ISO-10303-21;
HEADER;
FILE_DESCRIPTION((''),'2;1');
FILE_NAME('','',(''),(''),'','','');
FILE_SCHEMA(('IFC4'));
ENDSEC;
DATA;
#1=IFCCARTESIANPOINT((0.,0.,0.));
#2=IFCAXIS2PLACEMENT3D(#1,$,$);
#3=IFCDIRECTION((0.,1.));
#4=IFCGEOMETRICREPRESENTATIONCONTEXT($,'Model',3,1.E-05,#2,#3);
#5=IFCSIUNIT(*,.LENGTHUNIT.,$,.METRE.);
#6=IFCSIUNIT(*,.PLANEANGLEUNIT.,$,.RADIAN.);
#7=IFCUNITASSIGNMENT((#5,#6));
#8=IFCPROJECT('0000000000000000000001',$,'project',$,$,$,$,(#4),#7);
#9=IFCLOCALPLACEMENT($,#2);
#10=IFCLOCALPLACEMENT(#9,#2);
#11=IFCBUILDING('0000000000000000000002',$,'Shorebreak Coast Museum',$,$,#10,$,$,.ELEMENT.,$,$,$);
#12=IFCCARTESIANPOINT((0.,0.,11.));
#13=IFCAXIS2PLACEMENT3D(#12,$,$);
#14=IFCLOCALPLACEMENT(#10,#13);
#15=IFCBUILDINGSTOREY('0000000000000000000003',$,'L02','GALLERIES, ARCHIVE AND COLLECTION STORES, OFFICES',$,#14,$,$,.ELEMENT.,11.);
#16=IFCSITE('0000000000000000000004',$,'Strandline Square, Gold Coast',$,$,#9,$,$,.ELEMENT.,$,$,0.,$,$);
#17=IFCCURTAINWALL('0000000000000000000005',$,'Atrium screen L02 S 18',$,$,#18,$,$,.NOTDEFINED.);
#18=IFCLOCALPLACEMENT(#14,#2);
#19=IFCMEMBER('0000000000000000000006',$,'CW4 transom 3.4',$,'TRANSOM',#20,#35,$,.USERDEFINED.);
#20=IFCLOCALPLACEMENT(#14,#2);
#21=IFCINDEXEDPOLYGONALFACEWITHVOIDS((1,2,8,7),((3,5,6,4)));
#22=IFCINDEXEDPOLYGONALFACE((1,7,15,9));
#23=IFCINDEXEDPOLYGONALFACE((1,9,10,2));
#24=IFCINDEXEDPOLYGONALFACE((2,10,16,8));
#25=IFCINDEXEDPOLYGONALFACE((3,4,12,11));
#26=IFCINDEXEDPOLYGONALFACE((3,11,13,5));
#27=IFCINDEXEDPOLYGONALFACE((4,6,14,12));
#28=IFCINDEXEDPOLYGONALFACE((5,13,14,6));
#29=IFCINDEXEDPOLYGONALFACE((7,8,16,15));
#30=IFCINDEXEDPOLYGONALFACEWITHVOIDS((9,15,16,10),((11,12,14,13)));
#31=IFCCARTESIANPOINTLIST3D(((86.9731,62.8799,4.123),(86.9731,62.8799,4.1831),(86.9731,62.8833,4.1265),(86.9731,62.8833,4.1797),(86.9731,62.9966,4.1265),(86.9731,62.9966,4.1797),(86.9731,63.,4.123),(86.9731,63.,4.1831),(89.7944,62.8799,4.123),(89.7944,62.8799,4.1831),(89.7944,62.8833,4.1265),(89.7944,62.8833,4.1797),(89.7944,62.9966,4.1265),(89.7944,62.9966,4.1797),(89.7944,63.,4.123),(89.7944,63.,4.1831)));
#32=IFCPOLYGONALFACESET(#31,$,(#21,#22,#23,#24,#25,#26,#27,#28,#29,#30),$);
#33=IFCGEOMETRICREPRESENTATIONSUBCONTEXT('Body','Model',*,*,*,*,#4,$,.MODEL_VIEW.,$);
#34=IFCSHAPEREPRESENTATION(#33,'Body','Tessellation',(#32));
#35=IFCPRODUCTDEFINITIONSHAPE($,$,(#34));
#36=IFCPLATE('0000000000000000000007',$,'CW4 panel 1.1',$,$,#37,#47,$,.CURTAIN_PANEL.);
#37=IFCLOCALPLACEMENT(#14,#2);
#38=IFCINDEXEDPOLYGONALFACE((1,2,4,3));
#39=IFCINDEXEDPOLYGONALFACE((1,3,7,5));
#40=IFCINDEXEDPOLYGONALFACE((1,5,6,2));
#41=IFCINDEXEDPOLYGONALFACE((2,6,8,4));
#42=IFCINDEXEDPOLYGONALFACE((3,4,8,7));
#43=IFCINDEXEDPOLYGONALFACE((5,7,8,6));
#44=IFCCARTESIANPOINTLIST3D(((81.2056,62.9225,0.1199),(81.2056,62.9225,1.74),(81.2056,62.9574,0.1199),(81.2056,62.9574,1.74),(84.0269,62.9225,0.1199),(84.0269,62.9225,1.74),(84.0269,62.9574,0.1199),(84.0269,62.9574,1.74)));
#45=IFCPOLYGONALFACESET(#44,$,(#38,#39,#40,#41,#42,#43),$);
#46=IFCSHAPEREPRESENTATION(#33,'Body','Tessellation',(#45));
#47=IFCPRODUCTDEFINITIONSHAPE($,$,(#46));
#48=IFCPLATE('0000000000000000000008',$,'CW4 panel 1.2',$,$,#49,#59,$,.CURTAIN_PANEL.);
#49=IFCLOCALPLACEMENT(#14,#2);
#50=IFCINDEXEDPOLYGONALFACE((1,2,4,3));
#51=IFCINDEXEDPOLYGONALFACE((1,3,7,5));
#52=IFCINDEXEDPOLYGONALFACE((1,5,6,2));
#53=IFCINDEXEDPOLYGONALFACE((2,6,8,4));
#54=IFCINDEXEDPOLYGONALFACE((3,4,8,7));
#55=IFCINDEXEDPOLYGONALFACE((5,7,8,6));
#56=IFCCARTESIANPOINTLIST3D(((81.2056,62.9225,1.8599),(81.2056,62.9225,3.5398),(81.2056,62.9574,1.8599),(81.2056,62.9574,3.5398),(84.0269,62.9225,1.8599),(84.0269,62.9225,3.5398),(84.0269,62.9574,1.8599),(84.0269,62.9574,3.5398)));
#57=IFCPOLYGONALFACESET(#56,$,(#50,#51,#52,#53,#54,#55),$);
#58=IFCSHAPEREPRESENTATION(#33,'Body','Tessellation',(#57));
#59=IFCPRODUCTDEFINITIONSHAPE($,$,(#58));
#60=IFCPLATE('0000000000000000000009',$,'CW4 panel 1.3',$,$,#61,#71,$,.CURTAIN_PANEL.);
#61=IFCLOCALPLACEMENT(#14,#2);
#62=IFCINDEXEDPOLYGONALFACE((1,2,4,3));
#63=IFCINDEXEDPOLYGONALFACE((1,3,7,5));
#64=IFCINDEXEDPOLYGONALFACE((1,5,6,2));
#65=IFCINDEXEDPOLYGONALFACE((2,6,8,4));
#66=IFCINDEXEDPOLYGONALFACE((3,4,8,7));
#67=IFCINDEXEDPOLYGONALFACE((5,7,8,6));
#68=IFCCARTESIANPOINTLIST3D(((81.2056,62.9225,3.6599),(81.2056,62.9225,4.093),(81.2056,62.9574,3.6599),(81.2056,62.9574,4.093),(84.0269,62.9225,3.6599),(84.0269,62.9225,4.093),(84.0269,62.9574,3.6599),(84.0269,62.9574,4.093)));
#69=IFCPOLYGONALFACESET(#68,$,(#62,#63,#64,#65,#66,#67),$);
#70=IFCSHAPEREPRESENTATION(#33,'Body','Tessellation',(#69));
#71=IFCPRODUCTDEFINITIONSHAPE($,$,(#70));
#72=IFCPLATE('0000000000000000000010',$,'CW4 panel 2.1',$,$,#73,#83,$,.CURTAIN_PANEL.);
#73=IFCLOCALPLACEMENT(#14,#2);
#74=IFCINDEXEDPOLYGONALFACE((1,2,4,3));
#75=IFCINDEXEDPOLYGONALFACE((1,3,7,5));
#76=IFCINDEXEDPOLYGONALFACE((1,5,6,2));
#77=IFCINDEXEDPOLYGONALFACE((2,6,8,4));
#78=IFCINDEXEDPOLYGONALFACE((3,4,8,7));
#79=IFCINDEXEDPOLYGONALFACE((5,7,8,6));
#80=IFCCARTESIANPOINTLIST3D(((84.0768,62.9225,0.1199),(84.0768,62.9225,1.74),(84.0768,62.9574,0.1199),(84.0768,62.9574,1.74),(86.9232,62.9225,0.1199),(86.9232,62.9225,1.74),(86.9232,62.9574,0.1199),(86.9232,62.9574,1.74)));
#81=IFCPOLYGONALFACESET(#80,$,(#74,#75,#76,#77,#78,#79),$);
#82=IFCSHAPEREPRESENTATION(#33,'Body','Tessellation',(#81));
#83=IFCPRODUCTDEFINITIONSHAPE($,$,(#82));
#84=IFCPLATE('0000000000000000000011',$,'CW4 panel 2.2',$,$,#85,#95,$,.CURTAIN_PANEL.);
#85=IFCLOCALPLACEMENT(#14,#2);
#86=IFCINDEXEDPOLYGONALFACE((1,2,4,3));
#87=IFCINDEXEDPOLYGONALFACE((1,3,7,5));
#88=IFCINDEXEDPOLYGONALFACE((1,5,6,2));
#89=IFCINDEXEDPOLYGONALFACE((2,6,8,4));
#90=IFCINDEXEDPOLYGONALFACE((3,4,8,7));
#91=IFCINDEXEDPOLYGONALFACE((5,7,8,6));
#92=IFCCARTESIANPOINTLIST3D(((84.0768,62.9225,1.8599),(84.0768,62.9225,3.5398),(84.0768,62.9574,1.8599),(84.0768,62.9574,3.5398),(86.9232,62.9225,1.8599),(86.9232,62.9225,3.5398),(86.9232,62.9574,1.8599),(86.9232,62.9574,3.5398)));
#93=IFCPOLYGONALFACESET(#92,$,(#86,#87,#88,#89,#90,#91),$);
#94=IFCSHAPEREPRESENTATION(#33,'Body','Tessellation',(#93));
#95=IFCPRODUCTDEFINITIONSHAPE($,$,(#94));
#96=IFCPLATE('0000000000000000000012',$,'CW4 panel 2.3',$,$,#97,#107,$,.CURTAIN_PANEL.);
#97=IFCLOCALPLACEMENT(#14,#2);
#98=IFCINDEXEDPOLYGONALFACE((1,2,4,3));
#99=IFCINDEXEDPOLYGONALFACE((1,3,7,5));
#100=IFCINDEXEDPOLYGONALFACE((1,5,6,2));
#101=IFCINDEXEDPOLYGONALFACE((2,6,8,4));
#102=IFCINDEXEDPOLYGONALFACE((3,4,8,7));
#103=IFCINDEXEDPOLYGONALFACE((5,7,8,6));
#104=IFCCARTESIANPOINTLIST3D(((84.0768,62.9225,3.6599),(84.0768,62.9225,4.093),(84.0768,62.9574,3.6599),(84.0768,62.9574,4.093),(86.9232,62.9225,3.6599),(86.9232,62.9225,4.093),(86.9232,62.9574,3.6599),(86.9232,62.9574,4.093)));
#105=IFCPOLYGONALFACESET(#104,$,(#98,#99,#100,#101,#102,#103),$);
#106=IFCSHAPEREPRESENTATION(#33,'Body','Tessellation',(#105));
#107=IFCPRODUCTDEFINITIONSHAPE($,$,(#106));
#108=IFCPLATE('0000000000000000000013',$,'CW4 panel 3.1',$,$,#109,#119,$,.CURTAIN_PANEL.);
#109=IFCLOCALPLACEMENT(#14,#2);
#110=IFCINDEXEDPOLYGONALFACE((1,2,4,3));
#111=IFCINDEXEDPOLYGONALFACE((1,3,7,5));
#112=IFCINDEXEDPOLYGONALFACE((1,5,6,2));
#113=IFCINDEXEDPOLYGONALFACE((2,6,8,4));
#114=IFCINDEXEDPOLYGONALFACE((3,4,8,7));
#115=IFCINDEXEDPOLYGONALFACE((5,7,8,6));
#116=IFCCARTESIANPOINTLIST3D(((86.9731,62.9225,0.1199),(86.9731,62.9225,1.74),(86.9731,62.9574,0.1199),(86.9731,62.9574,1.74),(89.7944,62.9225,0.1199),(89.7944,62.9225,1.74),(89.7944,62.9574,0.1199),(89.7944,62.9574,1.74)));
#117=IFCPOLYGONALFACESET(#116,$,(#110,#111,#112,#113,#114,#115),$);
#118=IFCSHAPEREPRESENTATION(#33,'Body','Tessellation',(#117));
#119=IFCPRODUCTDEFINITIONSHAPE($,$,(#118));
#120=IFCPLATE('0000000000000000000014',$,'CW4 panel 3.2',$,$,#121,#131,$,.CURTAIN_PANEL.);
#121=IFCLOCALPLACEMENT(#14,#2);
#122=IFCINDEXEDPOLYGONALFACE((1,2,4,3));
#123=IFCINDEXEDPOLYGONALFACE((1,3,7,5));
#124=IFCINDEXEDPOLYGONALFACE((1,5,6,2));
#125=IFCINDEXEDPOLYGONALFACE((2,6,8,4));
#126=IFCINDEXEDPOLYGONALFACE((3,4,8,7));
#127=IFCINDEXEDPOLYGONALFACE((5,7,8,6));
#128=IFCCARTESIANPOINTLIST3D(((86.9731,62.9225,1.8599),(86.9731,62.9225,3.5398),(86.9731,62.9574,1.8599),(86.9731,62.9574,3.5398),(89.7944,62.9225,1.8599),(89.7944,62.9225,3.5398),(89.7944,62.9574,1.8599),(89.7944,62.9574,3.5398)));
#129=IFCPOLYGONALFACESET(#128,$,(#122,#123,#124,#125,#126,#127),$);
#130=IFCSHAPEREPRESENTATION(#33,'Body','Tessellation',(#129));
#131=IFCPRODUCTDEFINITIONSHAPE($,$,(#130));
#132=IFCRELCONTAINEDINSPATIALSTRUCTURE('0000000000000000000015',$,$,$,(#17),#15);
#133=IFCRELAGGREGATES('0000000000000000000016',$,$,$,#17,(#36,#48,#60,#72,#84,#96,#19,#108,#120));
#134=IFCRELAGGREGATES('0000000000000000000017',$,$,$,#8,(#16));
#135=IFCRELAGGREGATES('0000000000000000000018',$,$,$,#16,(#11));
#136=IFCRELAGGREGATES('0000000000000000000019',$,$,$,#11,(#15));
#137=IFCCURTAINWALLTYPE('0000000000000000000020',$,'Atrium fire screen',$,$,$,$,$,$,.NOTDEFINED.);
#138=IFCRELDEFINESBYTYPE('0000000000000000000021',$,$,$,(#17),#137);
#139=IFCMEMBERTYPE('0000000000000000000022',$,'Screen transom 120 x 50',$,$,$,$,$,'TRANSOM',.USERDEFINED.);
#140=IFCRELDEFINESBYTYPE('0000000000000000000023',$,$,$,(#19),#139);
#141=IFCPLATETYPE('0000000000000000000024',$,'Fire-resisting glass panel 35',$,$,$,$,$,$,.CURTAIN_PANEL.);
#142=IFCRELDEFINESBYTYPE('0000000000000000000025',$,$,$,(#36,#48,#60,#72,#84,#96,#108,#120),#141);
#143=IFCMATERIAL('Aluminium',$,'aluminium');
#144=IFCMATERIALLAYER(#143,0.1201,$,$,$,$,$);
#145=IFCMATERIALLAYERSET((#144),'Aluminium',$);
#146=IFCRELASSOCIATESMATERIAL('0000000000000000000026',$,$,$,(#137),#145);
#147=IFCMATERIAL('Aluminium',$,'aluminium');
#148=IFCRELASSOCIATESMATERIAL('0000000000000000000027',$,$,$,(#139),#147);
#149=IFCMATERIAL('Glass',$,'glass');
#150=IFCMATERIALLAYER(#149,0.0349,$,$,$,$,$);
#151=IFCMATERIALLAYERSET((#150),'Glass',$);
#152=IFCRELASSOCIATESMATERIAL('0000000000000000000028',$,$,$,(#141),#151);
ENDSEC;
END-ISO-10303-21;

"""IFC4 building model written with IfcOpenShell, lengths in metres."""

from ifc_helpers import new_model, si_unit, direction, frame, origin, origin_2d, place, context, subcontext, project, spatial, rectangle, hollow_rectangle, extrude, material, layer, layer_set, material_profile, profile_set, type_object, element, aggregate, save


model = new_model("IFC4")

# Units and contexts
model_context = context("Model", 3, precision=1e-05, world=origin(), true_north=direction((0.0, 1.0)))
body_context = subcontext(model_context, "Body", "Model", "MODEL_VIEW")
ifc_project = project(units=[si_unit("LENGTHUNIT", "METRE"), si_unit("PLANEANGLEUNIT", "RADIAN")], contexts=[model_context])

# Site, building, storey
site_placement = place(None, origin())
site = spatial("IfcSite", under=ifc_project, at=site_placement, Name="Strandline Square, Gold Coast", CompositionType="ELEMENT", RefElevation=0.0)
building_placement = place(site_placement, origin())
building = spatial("IfcBuilding", under=site, at=building_placement, Name="Shorebreak Coast Museum", CompositionType="ELEMENT")
storey_placement = place(building_placement, frame((0.0, 0.0, 11.0)))
storey = spatial("IfcBuildingStorey", under=building, at=storey_placement, Name="L02", Description="GALLERIES, ARCHIVE AND COLLECTION STORES, OFFICES", CompositionType="ELEMENT", Elevation=11.0)

# Curtain wall, member, plates
ifc_material_1 = material(Name="Aluminium", Category="aluminium")
ifc_layer_1 = layer(ifc_material_1, 0.1201)
ifc_layer_set_1 = layer_set([ifc_layer_1], Name="Aluminium")
curtain_wall_type = type_object("IfcCurtainWallType", Name="Atrium fire screen", PredefinedType="NOTDEFINED", material=ifc_layer_set_1)
curtain_wall_placement = place(storey_placement, origin())
curtain_wall = element("IfcCurtainWall", 1, at=curtain_wall_placement, inside=storey, type_object=curtain_wall_type, Name="Atrium screen L02 S 18", PredefinedType="NOTDEFINED")
ifc_material_2 = material(Name="Aluminium", Category="aluminium")
ifc_material_profile_1 = material_profile(ifc_material_2, hollow_rectangle(XDim=0.1201, YDim=0.0601, WallThickness=0.0034, at=origin_2d()), Name="AL 60x120 RHS")
ifc_profile_set_1 = profile_set([ifc_material_profile_1], Name="Aluminium")
member_type_1 = type_object("IfcMemberType", Name="Screen transom 120 x 50", ElementType="TRANSOM", PredefinedType="USERDEFINED", material=ifc_profile_set_1)
member_1_placement = place(storey_placement, frame((86.9731, 62.9399, 4.1531), z_axis=(1.0, 0.0, 0.0), x_axis=(0.0, 1.0, 0.0)))
member_1 = element("IfcMember", 2, at=member_1_placement, type_object=member_type_1, Name="CW4 transom 3.4", ObjectType="TRANSOM", PredefinedType="USERDEFINED", context=body_context, shape_type="SweptSolid", body=[
    extrude(hollow_rectangle(XDim=0.1201, YDim=0.0601, WallThickness=0.0034, at=origin_2d()), origin(), (0.0, 0.0, 1.0), 2.8213),
])
ifc_material_3 = material(Name="Glass", Category="glass")
ifc_layer_2 = layer(ifc_material_3, 0.0349)
ifc_layer_set_2 = layer_set([ifc_layer_2], Name="Glass")
plate_type = type_object("IfcPlateType", Name="Fire-resisting glass panel 35", PredefinedType="CURTAIN_PANEL", material=ifc_layer_set_2)
plate_1_placement = place(storey_placement, frame((82.6162, 62.9399, 0.1199), z_axis=(0.0, 0.0, 1.0), x_axis=(1.0, 0.0, 0.0)))
plate_1 = element("IfcPlate", 3, at=plate_1_placement, type_object=plate_type, Name="CW4 panel 1.1", PredefinedType="CURTAIN_PANEL", context=body_context, shape_type="SweptSolid", body=[
    extrude(rectangle(XDim=2.8213, YDim=0.0349, at=origin_2d()), origin(), (0.0, 0.0, 1.0), 1.6201),
])
plate_2_placement = place(storey_placement, frame((82.6162, 62.9399, 1.8599), z_axis=(0.0, 0.0, 1.0), x_axis=(1.0, 0.0, 0.0)))
plate_2 = element("IfcPlate", 4, at=plate_2_placement, type_object=plate_type, Name="CW4 panel 1.2", PredefinedType="CURTAIN_PANEL", context=body_context, shape_type="SweptSolid", body=[
    extrude(rectangle(XDim=2.8213, YDim=0.0349, at=origin_2d()), origin(), (0.0, 0.0, 1.0), 1.6799),
])
plate_3_placement = place(storey_placement, frame((82.6162, 62.9399, 3.6599), z_axis=(0.0, 0.0, 1.0), x_axis=(1.0, 0.0, 0.0)))
plate_3 = element("IfcPlate", 5, at=plate_3_placement, type_object=plate_type, Name="CW4 panel 1.3", PredefinedType="CURTAIN_PANEL", context=body_context, shape_type="SweptSolid", body=[
    extrude(rectangle(XDim=2.8213, YDim=0.0349, at=origin_2d()), origin(), (0.0, 0.0, 1.0), 0.4331),
])
plate_4_placement = place(storey_placement, frame((85.5, 62.9399, 0.1199), z_axis=(0.0, 0.0, 1.0), x_axis=(1.0, 0.0, 0.0)))
plate_4 = element("IfcPlate", 6, at=plate_4_placement, type_object=plate_type, Name="CW4 panel 2.1", PredefinedType="CURTAIN_PANEL", context=body_context, shape_type="SweptSolid", body=[
    extrude(rectangle(XDim=2.8464, YDim=0.0349, at=origin_2d()), origin(), (0.0, 0.0, 1.0), 1.6201),
])
plate_5_placement = place(storey_placement, frame((85.5, 62.9399, 1.8599), z_axis=(0.0, 0.0, 1.0), x_axis=(1.0, 0.0, 0.0)))
plate_5 = element("IfcPlate", 7, at=plate_5_placement, type_object=plate_type, Name="CW4 panel 2.2", PredefinedType="CURTAIN_PANEL", context=body_context, shape_type="SweptSolid", body=[
    extrude(rectangle(XDim=2.8464, YDim=0.0349, at=origin_2d()), origin(), (0.0, 0.0, 1.0), 1.6799),
])
plate_6_placement = place(storey_placement, frame((85.5, 62.9399, 3.6599), z_axis=(0.0, 0.0, 1.0), x_axis=(1.0, 0.0, 0.0)))
plate_6 = element("IfcPlate", 8, at=plate_6_placement, type_object=plate_type, Name="CW4 panel 2.3", PredefinedType="CURTAIN_PANEL", context=body_context, shape_type="SweptSolid", body=[
    extrude(rectangle(XDim=2.8464, YDim=0.0349, at=origin_2d()), origin(), (0.0, 0.0, 1.0), 0.4331),
])
plate_7_placement = place(storey_placement, frame((88.3838, 62.9399, 0.1199), z_axis=(0.0, 0.0, 1.0), x_axis=(1.0, 0.0, 0.0)))
plate_7 = element("IfcPlate", 9, at=plate_7_placement, type_object=plate_type, Name="CW4 panel 3.1", PredefinedType="CURTAIN_PANEL", context=body_context, shape_type="SweptSolid", body=[
    extrude(rectangle(XDim=2.8213, YDim=0.0349, at=origin_2d()), origin(), (0.0, 0.0, 1.0), 1.6201),
])
plate_8_placement = place(storey_placement, frame((88.3838, 62.9399, 1.8599), z_axis=(0.0, 0.0, 1.0), x_axis=(1.0, 0.0, 0.0)))
plate_8 = element("IfcPlate", 10, at=plate_8_placement, type_object=plate_type, Name="CW4 panel 3.2", PredefinedType="CURTAIN_PANEL", context=body_context, shape_type="SweptSolid", body=[
    extrude(rectangle(XDim=2.8213, YDim=0.0349, at=origin_2d()), origin(), (0.0, 0.0, 1.0), 1.6799),
])
aggregate(curtain_wall, [plate_1, plate_2, plate_3, plate_4, plate_5, plate_6, member_1, plate_7, plate_8])

save(model, "model.ifc")
